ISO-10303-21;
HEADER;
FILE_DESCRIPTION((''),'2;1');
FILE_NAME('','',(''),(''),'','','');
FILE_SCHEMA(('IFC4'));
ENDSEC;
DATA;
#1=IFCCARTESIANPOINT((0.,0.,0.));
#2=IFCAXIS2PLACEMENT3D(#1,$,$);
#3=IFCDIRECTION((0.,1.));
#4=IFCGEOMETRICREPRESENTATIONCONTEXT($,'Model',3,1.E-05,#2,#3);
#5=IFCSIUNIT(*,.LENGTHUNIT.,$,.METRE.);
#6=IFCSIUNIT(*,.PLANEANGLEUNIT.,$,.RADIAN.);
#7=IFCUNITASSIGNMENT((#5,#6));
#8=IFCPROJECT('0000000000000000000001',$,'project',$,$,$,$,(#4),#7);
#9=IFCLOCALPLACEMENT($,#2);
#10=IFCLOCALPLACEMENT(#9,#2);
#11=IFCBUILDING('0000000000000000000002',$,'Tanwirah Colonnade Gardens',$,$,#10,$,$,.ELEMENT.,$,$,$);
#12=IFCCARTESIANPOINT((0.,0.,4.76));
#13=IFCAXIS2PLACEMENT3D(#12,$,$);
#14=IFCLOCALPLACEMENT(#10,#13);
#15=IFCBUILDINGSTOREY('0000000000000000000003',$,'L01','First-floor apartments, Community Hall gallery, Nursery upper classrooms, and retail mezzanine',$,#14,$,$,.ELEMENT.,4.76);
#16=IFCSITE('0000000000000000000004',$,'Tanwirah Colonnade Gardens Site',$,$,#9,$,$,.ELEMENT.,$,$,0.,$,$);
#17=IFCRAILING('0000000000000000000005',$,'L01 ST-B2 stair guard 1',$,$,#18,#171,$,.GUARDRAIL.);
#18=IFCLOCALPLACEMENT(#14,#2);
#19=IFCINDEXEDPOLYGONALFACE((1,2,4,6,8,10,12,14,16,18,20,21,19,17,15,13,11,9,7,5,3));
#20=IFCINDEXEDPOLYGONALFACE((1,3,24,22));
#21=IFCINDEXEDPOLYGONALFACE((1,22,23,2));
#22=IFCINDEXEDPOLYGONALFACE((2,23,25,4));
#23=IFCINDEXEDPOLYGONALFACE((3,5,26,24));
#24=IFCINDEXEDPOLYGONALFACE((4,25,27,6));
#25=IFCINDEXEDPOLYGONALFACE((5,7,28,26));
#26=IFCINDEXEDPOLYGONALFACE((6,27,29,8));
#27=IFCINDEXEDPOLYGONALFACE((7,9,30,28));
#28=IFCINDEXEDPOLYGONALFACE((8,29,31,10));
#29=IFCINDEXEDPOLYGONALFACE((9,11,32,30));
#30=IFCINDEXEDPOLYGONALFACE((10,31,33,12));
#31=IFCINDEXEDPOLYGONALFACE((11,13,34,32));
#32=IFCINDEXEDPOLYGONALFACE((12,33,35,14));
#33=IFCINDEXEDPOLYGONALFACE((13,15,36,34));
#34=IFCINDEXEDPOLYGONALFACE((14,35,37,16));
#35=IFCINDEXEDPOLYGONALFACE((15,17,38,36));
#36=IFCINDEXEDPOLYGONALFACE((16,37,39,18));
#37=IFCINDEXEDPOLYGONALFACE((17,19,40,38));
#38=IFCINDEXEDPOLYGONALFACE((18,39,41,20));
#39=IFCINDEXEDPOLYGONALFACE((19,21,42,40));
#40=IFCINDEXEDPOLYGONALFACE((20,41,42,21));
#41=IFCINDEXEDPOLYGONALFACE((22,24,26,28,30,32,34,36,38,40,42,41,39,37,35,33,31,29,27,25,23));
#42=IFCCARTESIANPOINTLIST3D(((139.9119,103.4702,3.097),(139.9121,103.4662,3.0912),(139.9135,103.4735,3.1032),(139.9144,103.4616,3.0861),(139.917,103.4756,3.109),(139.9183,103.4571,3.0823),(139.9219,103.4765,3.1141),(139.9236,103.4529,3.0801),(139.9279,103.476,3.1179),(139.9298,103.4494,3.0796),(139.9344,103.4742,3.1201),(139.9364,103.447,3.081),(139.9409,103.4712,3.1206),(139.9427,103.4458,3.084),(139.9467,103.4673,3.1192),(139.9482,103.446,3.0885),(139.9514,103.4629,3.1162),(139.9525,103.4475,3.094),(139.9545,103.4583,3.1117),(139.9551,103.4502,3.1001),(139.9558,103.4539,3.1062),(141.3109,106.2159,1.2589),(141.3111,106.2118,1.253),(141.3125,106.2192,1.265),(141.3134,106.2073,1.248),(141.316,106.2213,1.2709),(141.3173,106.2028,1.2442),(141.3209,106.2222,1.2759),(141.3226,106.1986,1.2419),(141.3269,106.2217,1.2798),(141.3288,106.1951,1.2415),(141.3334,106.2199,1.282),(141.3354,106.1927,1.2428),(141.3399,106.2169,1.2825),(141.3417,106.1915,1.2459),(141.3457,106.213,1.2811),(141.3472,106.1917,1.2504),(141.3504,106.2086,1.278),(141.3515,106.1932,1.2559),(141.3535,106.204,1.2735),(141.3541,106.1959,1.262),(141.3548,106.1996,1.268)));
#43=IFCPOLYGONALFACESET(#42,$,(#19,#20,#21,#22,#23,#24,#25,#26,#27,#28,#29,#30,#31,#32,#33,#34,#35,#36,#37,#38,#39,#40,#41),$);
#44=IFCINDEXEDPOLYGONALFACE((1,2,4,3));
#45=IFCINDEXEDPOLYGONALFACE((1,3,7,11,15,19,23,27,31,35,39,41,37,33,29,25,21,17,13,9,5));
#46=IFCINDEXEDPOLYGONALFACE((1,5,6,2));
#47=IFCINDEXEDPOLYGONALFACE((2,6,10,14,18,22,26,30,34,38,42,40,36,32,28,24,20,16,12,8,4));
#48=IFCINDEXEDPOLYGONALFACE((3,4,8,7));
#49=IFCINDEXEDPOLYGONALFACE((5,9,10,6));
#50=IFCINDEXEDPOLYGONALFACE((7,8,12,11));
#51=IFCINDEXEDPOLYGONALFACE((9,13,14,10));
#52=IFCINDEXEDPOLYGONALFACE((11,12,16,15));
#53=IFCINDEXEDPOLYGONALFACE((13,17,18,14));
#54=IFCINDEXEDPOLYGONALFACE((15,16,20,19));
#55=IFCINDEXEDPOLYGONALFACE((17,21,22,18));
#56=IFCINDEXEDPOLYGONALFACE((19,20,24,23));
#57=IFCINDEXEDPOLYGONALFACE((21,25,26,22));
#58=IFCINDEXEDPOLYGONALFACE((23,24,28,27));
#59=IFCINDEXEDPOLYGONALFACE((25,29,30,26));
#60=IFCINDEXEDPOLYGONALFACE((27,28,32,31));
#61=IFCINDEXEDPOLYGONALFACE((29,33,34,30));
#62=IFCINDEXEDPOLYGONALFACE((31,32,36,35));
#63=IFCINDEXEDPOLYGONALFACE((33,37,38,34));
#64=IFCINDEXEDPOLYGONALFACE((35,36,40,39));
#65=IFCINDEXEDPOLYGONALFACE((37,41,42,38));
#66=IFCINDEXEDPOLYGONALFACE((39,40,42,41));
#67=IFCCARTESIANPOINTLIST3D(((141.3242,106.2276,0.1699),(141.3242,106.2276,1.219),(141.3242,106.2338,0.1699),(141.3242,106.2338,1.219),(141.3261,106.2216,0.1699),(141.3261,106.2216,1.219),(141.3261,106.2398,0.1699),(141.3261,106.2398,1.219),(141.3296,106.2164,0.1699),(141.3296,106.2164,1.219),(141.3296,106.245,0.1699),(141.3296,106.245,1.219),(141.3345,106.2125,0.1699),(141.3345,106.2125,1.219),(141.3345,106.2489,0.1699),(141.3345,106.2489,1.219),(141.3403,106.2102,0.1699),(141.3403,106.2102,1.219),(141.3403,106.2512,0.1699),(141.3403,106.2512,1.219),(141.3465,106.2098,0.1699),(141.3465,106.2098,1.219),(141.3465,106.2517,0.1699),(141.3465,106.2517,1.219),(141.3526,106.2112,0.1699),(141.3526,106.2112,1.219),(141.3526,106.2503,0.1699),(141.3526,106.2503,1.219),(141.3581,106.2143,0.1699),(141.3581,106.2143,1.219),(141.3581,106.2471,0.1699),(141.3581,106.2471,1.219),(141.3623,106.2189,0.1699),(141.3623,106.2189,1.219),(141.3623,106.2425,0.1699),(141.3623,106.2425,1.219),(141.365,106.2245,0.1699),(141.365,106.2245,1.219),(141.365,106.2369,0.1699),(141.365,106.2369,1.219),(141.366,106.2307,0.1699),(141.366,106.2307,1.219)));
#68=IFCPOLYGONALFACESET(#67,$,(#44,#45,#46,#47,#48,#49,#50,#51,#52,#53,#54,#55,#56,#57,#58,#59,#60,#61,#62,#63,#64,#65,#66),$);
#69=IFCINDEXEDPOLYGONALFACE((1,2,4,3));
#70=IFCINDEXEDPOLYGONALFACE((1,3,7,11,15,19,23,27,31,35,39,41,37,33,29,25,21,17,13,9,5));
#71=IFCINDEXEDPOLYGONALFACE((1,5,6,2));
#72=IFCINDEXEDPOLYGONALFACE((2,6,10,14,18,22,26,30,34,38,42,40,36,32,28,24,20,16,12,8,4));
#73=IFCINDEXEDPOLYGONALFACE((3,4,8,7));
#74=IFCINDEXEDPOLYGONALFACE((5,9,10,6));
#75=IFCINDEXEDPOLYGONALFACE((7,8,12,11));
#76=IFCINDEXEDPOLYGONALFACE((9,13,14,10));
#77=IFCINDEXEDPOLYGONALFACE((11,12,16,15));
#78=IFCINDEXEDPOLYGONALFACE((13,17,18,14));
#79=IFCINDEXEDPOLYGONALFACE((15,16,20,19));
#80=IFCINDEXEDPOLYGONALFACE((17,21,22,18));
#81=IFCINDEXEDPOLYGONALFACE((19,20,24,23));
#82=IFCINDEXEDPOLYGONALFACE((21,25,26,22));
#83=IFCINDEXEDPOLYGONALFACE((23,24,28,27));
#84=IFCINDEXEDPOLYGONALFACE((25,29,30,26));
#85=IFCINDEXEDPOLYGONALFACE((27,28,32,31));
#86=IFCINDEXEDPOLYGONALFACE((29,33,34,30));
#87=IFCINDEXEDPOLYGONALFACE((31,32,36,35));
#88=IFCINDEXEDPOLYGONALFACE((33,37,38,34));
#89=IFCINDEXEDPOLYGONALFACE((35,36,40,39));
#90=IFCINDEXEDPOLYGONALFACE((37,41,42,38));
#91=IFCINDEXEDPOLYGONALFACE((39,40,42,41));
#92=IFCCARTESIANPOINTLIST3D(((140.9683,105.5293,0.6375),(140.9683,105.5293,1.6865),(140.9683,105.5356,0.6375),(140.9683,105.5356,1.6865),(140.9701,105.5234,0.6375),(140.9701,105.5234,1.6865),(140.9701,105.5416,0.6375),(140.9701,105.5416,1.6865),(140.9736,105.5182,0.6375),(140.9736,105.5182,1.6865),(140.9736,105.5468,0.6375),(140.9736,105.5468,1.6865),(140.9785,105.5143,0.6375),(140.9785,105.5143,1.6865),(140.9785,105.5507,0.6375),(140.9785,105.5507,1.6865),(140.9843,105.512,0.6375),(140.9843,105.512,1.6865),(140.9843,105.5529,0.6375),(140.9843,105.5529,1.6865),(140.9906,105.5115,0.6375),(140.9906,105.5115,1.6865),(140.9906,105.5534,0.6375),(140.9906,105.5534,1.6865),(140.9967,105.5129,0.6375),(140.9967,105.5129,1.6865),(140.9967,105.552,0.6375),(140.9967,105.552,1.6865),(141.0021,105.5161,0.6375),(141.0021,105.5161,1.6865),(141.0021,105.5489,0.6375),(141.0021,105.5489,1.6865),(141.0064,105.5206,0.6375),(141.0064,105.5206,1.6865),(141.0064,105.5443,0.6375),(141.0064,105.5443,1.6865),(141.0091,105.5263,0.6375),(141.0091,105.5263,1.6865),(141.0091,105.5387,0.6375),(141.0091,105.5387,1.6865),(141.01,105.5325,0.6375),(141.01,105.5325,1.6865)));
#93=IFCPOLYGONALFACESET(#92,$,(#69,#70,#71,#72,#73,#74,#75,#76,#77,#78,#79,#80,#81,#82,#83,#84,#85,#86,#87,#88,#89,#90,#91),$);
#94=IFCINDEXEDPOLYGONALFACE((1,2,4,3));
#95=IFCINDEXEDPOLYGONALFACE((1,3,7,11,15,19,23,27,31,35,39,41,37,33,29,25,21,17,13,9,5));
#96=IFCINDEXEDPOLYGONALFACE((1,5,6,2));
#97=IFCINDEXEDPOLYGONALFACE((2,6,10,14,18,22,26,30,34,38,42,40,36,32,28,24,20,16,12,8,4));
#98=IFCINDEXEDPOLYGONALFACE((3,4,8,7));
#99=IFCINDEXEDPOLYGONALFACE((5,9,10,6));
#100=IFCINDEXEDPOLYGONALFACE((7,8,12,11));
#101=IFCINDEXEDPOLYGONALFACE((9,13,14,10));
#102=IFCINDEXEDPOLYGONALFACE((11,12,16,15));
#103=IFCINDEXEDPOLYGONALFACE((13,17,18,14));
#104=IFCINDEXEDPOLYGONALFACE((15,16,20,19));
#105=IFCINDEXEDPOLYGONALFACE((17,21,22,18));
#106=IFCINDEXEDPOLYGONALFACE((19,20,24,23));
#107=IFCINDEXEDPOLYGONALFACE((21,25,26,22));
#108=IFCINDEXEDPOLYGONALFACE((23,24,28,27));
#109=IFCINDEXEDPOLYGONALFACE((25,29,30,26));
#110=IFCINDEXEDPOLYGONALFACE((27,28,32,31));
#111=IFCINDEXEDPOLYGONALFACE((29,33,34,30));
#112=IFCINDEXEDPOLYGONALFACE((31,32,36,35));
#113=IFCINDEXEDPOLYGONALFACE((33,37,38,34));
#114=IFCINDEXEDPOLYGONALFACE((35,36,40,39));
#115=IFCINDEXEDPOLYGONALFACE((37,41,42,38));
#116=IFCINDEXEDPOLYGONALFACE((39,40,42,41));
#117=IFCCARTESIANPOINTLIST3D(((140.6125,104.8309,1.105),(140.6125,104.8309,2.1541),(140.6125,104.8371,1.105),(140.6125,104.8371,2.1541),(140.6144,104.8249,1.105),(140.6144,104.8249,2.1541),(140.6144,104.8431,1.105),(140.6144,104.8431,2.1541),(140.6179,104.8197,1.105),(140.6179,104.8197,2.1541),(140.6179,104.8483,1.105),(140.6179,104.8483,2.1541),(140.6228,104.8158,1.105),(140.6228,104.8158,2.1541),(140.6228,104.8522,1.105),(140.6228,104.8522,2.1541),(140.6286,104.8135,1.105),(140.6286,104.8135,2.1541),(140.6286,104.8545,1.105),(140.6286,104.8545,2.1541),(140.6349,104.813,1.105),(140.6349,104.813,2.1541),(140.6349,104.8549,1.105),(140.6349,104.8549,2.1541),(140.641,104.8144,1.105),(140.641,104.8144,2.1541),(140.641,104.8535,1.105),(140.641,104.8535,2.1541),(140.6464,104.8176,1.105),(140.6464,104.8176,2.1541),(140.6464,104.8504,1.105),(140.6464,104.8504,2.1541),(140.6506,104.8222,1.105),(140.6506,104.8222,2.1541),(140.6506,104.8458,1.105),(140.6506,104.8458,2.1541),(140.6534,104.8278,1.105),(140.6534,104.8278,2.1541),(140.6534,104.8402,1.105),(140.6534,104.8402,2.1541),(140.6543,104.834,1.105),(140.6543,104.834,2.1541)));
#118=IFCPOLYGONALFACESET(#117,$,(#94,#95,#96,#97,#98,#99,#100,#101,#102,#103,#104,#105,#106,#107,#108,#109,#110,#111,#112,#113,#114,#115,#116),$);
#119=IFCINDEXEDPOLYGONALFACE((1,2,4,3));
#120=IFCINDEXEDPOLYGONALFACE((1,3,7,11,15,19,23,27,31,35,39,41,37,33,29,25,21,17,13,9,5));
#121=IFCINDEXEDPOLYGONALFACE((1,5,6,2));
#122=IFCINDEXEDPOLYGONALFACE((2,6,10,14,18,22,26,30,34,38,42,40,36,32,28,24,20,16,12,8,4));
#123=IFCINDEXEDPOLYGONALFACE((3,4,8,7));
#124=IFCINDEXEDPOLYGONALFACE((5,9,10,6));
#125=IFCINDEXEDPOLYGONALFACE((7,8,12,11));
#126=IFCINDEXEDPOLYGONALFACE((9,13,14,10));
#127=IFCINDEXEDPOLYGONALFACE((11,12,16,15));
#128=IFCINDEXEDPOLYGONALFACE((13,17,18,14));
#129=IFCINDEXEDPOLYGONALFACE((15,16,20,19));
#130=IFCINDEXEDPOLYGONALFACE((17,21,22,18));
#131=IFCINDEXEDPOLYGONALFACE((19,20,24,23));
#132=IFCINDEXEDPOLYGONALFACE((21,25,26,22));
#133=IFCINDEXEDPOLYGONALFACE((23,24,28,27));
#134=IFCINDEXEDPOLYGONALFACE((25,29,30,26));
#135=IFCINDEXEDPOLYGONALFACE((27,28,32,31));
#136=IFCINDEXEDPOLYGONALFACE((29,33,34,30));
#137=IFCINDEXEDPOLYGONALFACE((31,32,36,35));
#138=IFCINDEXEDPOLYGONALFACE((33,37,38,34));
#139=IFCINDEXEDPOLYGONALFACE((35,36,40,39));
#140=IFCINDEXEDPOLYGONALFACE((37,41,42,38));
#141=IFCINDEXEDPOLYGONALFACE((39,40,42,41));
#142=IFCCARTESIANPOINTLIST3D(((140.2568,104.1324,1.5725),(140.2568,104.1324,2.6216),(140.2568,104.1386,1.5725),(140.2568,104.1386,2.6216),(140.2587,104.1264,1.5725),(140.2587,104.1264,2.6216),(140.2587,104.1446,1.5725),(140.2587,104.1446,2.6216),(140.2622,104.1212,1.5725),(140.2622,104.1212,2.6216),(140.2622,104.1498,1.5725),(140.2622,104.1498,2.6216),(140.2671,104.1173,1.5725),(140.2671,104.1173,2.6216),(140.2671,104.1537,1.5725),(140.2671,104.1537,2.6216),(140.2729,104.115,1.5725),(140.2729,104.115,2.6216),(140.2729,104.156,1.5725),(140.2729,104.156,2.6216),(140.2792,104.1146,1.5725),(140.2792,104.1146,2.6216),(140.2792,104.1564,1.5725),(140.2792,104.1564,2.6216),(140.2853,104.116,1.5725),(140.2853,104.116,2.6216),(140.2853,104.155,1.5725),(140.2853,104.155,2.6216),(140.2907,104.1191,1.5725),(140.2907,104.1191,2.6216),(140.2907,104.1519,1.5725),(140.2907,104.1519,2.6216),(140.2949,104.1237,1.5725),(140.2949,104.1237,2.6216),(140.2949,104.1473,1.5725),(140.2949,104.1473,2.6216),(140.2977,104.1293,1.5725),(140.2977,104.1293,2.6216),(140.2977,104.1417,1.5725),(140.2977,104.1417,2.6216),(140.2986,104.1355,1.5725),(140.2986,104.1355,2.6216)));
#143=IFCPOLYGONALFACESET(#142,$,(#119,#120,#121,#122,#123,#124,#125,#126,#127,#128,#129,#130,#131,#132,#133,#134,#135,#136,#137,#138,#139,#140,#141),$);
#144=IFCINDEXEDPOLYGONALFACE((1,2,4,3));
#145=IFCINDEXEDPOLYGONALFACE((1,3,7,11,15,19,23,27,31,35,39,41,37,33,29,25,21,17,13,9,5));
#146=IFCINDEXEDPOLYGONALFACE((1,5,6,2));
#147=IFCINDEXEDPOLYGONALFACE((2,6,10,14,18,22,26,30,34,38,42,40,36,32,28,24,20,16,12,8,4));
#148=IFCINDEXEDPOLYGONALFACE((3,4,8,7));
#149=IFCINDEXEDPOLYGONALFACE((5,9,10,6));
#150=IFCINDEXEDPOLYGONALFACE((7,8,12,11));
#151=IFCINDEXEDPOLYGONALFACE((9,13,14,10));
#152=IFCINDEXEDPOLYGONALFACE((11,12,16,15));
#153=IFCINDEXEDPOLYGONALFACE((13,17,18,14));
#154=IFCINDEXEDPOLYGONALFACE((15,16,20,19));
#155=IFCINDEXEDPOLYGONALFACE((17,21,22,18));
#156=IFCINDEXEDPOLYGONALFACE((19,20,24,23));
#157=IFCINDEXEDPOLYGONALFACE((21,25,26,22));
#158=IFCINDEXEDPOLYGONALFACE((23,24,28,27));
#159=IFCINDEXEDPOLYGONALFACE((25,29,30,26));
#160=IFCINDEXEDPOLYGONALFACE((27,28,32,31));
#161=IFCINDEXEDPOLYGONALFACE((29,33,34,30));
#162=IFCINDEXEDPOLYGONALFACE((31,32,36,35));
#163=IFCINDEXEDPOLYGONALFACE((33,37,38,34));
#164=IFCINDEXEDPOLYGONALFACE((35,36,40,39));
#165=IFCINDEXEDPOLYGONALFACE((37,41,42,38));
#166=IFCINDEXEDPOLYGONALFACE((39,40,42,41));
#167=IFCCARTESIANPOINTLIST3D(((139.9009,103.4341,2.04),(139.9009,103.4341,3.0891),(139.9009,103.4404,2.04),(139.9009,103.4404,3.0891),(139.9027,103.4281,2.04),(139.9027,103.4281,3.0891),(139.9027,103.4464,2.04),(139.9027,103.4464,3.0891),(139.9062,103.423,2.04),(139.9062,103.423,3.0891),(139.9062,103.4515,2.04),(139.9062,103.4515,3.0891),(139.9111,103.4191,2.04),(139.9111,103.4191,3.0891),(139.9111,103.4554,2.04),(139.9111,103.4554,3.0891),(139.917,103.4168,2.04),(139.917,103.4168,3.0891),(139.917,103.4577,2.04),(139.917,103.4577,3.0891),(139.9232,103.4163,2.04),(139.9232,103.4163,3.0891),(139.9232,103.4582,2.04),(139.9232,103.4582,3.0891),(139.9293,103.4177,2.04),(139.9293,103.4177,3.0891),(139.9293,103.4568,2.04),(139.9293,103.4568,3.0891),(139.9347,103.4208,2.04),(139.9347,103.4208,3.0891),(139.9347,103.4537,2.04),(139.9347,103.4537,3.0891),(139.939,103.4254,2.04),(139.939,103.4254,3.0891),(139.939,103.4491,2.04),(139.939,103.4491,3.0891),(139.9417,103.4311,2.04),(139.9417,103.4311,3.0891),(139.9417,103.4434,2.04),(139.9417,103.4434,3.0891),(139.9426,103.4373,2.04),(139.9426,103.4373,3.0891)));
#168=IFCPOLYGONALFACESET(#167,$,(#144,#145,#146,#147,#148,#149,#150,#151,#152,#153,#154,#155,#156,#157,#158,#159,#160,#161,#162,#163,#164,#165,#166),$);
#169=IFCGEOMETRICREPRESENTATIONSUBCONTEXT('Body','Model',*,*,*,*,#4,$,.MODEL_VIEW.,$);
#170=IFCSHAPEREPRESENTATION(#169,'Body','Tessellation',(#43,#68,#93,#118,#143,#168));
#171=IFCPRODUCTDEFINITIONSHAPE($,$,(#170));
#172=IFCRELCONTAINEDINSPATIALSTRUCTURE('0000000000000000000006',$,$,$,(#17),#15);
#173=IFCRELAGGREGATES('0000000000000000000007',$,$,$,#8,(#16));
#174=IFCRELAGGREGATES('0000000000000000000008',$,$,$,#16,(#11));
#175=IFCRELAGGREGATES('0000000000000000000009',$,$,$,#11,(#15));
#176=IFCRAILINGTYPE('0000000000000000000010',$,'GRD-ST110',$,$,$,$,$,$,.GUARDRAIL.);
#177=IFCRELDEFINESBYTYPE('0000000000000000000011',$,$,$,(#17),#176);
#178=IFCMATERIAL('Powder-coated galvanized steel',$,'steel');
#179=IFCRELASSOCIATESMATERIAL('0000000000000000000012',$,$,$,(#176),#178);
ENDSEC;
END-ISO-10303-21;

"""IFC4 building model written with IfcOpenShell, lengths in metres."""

from ifc_helpers import new_model, si_unit, direction, frame, origin, origin_2d, place, context, subcontext, project, spatial, circle, extrude, material, type_object, element, save


model = new_model("IFC4")

# Units and contexts
model_context = context("Model", 3, precision=1e-05, world=origin(), true_north=direction((0.0, 1.0)))
body_context = subcontext(model_context, "Body", "Model", "MODEL_VIEW")
ifc_project = project(units=[si_unit("LENGTHUNIT", "METRE"), si_unit("PLANEANGLEUNIT", "RADIAN")], contexts=[model_context])

# Site, building, storey
site_placement = place(None, origin())
site = spatial("IfcSite", under=ifc_project, at=site_placement, Name="Tanwirah Colonnade Gardens Site", CompositionType="ELEMENT", RefElevation=0.0)
building_placement = place(site_placement, origin())
building = spatial("IfcBuilding", under=site, at=building_placement, Name="Tanwirah Colonnade Gardens", CompositionType="ELEMENT")
storey_placement = place(building_placement, frame((0.0, 0.0, 4.76)))
storey = spatial("IfcBuildingStorey", under=building, at=storey_placement, Name="L01", Description="First-floor apartments, Community Hall gallery, Nursery upper classrooms, and retail mezzanine", CompositionType="ELEMENT", Elevation=4.76)

# Railing
ifc_material_1 = material(Name="Powder-coated galvanized steel", Category="steel")
railing_type_1 = type_object("IfcRailingType", Name="GRD-ST110", PredefinedType="GUARDRAIL", material=ifc_material_1)
railing_1_placement = place(storey_placement, frame((141.345, 106.2307, 0.1699)))
element("IfcRailing", 1, at=railing_1_placement, inside=storey, type_object=railing_type_1, Name="L01 ST-B2 stair guard 1", PredefinedType="GUARDRAIL", context=body_context, shape_type="SweptSolid", body=[
    extrude(circle(Radius=0.0239, at=origin_2d()), frame((-0.0122, -0.0239, 1.092), z_axis=(-0.389896, -0.765212, 0.512281), x_axis=(0.891006, -0.453991, 0.0)), (0.0, 0.0, 1.0), 3.5881),
    extrude(circle(Radius=0.021, at=origin_2d()), origin(), (0.0, 0.0, 1.0), 1.0491),
    extrude(circle(Radius=0.021, at=origin_2d()), frame((-0.356, -0.6982, 0.4675)), (0.0, 0.0, 1.0), 1.0491),
    extrude(circle(Radius=0.021, at=origin_2d()), frame((-0.7117, -1.3967, 0.9351)), (0.0, 0.0, 1.0), 1.0491),
    extrude(circle(Radius=0.021, at=origin_2d()), frame((-1.0674, -2.0952, 1.4026)), (0.0, 0.0, 1.0), 1.0491),
    extrude(circle(Radius=0.021, at=origin_2d()), frame((-1.4233, -2.7935, 1.8701)), (0.0, 0.0, 1.0), 1.0491),
])

save(model, "model.ifc")
